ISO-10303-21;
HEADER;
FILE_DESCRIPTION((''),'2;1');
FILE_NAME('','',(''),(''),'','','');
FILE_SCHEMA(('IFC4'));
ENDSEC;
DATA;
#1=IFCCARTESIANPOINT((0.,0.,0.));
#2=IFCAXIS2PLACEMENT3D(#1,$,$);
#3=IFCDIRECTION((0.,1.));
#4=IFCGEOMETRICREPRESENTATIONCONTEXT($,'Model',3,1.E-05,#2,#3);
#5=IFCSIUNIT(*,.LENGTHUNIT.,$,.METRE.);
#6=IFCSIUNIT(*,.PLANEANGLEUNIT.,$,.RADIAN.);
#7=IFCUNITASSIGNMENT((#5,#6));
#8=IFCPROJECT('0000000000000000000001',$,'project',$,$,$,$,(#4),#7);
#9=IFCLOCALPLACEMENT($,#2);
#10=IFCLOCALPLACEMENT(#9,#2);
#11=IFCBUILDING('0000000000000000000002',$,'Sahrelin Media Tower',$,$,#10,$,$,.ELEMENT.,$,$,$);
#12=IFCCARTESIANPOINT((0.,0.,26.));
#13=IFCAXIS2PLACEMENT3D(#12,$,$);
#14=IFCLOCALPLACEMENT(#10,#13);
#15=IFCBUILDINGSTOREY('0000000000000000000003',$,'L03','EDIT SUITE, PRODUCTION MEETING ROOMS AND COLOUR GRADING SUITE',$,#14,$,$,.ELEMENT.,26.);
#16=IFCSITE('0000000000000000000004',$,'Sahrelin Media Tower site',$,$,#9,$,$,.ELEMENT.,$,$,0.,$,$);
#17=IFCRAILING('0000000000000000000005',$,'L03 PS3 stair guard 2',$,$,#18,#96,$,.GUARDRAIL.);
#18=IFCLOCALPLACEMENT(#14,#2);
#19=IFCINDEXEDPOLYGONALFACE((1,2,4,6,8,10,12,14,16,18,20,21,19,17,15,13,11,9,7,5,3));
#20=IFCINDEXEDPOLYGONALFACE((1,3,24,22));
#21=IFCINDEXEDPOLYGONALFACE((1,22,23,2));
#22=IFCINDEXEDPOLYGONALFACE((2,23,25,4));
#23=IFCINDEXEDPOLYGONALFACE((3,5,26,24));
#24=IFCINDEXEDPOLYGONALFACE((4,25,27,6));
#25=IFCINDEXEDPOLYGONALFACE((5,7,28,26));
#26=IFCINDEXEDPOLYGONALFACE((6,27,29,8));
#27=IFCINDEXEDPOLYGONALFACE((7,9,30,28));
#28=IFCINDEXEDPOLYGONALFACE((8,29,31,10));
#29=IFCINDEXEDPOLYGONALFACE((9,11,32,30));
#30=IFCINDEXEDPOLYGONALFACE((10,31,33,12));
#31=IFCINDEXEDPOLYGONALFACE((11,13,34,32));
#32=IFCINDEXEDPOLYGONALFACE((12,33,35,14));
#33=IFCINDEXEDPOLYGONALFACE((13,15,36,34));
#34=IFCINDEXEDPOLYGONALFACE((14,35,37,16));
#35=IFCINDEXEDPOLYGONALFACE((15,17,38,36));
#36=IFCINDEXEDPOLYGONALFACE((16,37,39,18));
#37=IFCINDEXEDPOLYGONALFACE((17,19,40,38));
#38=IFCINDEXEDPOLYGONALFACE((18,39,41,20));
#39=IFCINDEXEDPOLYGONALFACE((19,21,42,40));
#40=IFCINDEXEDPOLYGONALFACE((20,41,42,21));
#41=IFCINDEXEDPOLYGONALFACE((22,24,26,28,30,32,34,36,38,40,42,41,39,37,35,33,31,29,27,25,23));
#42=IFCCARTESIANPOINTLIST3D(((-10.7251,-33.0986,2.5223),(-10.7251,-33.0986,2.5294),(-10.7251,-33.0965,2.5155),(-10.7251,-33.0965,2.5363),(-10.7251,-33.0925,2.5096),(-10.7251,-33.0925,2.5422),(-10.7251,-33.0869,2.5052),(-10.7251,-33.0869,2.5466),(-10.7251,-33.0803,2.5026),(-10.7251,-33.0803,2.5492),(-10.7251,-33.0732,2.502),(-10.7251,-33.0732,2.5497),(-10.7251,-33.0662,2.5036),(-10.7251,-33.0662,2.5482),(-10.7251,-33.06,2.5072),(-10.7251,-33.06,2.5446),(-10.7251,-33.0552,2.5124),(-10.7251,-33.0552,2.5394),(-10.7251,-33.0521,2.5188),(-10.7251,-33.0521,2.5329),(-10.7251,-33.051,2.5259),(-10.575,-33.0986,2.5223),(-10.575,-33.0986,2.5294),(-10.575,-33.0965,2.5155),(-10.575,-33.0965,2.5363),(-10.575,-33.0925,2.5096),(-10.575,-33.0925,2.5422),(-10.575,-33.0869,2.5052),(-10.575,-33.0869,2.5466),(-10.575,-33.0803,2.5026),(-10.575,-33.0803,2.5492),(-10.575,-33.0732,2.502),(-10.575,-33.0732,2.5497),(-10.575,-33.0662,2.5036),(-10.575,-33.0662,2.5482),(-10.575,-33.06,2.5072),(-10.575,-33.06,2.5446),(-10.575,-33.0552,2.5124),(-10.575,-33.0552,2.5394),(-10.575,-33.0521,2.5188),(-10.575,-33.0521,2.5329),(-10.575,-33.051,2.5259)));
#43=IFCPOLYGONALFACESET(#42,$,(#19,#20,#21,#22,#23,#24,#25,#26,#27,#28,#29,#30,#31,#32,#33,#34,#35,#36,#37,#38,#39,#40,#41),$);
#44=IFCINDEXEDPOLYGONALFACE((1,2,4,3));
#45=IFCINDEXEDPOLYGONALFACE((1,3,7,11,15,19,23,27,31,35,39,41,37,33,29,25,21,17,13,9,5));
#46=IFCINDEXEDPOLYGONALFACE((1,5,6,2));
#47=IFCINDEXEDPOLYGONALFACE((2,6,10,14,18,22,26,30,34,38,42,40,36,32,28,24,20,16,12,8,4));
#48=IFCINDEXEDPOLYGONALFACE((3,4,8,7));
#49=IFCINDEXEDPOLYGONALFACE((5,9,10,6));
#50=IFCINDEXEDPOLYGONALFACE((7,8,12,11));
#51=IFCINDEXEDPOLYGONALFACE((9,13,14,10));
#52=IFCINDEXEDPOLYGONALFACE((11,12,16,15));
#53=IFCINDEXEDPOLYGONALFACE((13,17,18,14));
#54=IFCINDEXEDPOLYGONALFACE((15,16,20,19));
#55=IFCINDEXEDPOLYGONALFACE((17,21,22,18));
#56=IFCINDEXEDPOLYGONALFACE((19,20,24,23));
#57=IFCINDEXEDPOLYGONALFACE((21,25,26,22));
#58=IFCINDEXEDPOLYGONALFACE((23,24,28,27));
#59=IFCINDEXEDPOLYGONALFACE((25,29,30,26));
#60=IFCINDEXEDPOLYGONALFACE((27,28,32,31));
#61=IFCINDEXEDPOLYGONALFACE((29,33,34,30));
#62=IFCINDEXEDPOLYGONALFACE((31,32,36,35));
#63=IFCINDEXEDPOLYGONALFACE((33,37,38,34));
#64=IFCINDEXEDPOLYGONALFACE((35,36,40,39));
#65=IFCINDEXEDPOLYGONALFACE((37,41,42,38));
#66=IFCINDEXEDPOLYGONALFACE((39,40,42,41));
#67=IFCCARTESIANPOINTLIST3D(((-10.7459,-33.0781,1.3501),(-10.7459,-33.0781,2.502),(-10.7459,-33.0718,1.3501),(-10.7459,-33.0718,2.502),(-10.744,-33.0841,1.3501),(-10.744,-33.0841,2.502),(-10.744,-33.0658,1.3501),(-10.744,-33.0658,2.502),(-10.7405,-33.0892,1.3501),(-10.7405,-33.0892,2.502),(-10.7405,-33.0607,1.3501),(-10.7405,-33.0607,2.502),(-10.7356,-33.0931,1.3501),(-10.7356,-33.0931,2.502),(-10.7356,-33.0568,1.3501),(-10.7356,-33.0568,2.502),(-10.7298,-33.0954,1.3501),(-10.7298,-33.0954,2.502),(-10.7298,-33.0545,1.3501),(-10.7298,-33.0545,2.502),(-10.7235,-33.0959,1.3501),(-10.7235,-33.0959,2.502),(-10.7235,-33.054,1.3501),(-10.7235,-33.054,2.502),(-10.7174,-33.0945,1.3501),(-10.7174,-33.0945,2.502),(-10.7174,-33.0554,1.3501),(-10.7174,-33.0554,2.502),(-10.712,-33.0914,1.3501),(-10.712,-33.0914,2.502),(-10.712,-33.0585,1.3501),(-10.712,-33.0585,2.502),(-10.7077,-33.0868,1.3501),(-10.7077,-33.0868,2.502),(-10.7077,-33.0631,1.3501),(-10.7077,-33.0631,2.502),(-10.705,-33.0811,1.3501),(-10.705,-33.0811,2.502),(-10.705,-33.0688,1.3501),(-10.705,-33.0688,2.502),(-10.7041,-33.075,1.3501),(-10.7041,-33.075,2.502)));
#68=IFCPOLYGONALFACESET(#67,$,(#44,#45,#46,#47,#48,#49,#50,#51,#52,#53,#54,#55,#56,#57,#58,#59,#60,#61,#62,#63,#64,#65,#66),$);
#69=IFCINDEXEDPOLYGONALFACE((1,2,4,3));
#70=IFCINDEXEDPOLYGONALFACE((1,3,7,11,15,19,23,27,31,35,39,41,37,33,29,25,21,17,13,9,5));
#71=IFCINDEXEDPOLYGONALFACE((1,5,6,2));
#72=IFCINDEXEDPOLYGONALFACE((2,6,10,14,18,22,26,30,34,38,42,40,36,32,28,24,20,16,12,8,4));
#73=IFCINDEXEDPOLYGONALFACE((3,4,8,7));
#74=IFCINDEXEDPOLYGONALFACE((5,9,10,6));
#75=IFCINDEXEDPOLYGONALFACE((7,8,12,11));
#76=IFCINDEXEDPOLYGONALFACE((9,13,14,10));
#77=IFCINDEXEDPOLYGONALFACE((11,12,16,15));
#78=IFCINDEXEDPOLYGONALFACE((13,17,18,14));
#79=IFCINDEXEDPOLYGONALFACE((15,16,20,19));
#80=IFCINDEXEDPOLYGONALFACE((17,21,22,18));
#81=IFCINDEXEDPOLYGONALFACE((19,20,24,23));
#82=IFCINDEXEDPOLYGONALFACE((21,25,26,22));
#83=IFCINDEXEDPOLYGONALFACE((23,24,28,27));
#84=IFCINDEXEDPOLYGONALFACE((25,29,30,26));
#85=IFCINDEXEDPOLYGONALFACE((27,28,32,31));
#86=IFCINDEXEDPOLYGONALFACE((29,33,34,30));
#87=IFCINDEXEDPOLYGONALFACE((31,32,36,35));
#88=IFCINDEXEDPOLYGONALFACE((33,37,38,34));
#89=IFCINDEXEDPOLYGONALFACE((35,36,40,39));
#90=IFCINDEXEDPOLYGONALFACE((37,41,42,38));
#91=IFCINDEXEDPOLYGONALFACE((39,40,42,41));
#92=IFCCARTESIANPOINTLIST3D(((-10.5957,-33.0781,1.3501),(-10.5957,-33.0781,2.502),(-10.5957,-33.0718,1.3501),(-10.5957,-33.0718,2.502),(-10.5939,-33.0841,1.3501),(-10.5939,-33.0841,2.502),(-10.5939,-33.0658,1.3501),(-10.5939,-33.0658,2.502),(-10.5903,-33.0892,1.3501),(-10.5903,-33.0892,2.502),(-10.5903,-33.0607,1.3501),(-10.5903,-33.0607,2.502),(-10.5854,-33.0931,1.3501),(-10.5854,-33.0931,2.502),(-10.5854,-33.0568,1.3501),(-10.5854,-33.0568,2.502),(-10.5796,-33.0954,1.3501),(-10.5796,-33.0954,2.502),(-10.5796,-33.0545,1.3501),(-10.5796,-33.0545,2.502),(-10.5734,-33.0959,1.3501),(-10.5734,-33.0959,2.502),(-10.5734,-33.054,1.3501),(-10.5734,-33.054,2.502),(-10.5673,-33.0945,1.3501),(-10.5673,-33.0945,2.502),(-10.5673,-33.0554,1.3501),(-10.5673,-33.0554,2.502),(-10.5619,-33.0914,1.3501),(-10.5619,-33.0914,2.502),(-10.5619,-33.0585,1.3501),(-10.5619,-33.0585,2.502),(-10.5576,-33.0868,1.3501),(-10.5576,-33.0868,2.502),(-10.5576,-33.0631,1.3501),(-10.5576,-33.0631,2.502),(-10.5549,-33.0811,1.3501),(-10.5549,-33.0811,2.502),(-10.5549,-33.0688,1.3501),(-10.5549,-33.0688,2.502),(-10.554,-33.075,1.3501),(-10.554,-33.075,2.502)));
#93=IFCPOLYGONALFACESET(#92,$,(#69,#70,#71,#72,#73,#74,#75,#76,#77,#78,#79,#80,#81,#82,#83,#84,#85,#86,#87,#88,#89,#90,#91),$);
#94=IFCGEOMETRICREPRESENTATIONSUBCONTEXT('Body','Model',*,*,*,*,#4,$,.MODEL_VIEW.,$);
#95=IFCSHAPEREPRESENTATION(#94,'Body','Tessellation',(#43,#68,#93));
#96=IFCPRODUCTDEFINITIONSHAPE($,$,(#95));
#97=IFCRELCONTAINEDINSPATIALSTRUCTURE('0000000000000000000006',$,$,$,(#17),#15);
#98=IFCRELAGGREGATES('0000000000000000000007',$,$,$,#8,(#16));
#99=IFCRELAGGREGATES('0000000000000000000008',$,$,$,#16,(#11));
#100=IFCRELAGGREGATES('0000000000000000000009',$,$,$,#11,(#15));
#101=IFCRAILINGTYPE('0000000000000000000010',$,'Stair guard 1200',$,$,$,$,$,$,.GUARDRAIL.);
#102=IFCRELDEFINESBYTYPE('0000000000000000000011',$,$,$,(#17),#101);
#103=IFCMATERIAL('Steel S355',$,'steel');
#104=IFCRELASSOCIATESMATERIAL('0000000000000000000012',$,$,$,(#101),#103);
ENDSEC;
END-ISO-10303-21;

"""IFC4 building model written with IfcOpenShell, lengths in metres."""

from ifc_helpers import new_model, si_unit, direction, frame, origin, origin_2d, place, context, subcontext, project, spatial, circle, extrude, material, type_object, element, save


model = new_model("IFC4")

# Units and contexts
model_context = context("Model", 3, precision=1e-05, world=origin(), true_north=direction((0.0, 1.0)))
body_context = subcontext(model_context, "Body", "Model", "MODEL_VIEW")
ifc_project = project(units=[si_unit("LENGTHUNIT", "METRE"), si_unit("PLANEANGLEUNIT", "RADIAN")], contexts=[model_context])

# Site, building, storey
site_placement = place(None, origin())
site = spatial("IfcSite", under=ifc_project, at=site_placement, Name="Sahrelin Media Tower site", CompositionType="ELEMENT", RefElevation=0.0)
building_placement = place(site_placement, origin())
building = spatial("IfcBuilding", under=site, at=building_placement, Name="Sahrelin Media Tower", CompositionType="ELEMENT")
storey_placement = place(building_placement, frame((0.0, 0.0, 26.0)))
storey = spatial("IfcBuildingStorey", under=building, at=storey_placement, Name="L03", Description="EDIT SUITE, PRODUCTION MEETING ROOMS AND COLOUR GRADING SUITE", CompositionType="ELEMENT", Elevation=26.0)

# Shared definitions
ifc_material_1 = material(Name="Steel S355", Category="steel")

# Railing
railing_type_1 = type_object("IfcRailingType", Name="Stair guard 1200", PredefinedType="GUARDRAIL", material=ifc_material_1)
railing_1_placement = place(storey_placement, frame((-10.7251, -33.075, 1.3501)))
element("IfcRailing", 1, at=railing_1_placement, inside=storey, type_object=railing_type_1, Name="L03 PS3 stair guard 2", PredefinedType="GUARDRAIL", context=body_context, shape_type="SweptSolid", body=[
    extrude(circle(Radius=0.0239, at=origin_2d()), frame((0.0, 0.0, 1.1758), z_axis=(1.0, 0.0, 0.0), x_axis=(0.0, 1.0, 0.0)), (0.0, 0.0, 1.0), 0.1501),
    extrude(circle(Radius=0.021, at=origin_2d()), origin(), (0.0, 0.0, 1.0), 1.1519),
    extrude(circle(Radius=0.021, at=origin_2d()), frame((0.1501, 0.0, 0.0)), (0.0, 0.0, 1.0), 1.1519),
])

save(model, "model.ifc")
